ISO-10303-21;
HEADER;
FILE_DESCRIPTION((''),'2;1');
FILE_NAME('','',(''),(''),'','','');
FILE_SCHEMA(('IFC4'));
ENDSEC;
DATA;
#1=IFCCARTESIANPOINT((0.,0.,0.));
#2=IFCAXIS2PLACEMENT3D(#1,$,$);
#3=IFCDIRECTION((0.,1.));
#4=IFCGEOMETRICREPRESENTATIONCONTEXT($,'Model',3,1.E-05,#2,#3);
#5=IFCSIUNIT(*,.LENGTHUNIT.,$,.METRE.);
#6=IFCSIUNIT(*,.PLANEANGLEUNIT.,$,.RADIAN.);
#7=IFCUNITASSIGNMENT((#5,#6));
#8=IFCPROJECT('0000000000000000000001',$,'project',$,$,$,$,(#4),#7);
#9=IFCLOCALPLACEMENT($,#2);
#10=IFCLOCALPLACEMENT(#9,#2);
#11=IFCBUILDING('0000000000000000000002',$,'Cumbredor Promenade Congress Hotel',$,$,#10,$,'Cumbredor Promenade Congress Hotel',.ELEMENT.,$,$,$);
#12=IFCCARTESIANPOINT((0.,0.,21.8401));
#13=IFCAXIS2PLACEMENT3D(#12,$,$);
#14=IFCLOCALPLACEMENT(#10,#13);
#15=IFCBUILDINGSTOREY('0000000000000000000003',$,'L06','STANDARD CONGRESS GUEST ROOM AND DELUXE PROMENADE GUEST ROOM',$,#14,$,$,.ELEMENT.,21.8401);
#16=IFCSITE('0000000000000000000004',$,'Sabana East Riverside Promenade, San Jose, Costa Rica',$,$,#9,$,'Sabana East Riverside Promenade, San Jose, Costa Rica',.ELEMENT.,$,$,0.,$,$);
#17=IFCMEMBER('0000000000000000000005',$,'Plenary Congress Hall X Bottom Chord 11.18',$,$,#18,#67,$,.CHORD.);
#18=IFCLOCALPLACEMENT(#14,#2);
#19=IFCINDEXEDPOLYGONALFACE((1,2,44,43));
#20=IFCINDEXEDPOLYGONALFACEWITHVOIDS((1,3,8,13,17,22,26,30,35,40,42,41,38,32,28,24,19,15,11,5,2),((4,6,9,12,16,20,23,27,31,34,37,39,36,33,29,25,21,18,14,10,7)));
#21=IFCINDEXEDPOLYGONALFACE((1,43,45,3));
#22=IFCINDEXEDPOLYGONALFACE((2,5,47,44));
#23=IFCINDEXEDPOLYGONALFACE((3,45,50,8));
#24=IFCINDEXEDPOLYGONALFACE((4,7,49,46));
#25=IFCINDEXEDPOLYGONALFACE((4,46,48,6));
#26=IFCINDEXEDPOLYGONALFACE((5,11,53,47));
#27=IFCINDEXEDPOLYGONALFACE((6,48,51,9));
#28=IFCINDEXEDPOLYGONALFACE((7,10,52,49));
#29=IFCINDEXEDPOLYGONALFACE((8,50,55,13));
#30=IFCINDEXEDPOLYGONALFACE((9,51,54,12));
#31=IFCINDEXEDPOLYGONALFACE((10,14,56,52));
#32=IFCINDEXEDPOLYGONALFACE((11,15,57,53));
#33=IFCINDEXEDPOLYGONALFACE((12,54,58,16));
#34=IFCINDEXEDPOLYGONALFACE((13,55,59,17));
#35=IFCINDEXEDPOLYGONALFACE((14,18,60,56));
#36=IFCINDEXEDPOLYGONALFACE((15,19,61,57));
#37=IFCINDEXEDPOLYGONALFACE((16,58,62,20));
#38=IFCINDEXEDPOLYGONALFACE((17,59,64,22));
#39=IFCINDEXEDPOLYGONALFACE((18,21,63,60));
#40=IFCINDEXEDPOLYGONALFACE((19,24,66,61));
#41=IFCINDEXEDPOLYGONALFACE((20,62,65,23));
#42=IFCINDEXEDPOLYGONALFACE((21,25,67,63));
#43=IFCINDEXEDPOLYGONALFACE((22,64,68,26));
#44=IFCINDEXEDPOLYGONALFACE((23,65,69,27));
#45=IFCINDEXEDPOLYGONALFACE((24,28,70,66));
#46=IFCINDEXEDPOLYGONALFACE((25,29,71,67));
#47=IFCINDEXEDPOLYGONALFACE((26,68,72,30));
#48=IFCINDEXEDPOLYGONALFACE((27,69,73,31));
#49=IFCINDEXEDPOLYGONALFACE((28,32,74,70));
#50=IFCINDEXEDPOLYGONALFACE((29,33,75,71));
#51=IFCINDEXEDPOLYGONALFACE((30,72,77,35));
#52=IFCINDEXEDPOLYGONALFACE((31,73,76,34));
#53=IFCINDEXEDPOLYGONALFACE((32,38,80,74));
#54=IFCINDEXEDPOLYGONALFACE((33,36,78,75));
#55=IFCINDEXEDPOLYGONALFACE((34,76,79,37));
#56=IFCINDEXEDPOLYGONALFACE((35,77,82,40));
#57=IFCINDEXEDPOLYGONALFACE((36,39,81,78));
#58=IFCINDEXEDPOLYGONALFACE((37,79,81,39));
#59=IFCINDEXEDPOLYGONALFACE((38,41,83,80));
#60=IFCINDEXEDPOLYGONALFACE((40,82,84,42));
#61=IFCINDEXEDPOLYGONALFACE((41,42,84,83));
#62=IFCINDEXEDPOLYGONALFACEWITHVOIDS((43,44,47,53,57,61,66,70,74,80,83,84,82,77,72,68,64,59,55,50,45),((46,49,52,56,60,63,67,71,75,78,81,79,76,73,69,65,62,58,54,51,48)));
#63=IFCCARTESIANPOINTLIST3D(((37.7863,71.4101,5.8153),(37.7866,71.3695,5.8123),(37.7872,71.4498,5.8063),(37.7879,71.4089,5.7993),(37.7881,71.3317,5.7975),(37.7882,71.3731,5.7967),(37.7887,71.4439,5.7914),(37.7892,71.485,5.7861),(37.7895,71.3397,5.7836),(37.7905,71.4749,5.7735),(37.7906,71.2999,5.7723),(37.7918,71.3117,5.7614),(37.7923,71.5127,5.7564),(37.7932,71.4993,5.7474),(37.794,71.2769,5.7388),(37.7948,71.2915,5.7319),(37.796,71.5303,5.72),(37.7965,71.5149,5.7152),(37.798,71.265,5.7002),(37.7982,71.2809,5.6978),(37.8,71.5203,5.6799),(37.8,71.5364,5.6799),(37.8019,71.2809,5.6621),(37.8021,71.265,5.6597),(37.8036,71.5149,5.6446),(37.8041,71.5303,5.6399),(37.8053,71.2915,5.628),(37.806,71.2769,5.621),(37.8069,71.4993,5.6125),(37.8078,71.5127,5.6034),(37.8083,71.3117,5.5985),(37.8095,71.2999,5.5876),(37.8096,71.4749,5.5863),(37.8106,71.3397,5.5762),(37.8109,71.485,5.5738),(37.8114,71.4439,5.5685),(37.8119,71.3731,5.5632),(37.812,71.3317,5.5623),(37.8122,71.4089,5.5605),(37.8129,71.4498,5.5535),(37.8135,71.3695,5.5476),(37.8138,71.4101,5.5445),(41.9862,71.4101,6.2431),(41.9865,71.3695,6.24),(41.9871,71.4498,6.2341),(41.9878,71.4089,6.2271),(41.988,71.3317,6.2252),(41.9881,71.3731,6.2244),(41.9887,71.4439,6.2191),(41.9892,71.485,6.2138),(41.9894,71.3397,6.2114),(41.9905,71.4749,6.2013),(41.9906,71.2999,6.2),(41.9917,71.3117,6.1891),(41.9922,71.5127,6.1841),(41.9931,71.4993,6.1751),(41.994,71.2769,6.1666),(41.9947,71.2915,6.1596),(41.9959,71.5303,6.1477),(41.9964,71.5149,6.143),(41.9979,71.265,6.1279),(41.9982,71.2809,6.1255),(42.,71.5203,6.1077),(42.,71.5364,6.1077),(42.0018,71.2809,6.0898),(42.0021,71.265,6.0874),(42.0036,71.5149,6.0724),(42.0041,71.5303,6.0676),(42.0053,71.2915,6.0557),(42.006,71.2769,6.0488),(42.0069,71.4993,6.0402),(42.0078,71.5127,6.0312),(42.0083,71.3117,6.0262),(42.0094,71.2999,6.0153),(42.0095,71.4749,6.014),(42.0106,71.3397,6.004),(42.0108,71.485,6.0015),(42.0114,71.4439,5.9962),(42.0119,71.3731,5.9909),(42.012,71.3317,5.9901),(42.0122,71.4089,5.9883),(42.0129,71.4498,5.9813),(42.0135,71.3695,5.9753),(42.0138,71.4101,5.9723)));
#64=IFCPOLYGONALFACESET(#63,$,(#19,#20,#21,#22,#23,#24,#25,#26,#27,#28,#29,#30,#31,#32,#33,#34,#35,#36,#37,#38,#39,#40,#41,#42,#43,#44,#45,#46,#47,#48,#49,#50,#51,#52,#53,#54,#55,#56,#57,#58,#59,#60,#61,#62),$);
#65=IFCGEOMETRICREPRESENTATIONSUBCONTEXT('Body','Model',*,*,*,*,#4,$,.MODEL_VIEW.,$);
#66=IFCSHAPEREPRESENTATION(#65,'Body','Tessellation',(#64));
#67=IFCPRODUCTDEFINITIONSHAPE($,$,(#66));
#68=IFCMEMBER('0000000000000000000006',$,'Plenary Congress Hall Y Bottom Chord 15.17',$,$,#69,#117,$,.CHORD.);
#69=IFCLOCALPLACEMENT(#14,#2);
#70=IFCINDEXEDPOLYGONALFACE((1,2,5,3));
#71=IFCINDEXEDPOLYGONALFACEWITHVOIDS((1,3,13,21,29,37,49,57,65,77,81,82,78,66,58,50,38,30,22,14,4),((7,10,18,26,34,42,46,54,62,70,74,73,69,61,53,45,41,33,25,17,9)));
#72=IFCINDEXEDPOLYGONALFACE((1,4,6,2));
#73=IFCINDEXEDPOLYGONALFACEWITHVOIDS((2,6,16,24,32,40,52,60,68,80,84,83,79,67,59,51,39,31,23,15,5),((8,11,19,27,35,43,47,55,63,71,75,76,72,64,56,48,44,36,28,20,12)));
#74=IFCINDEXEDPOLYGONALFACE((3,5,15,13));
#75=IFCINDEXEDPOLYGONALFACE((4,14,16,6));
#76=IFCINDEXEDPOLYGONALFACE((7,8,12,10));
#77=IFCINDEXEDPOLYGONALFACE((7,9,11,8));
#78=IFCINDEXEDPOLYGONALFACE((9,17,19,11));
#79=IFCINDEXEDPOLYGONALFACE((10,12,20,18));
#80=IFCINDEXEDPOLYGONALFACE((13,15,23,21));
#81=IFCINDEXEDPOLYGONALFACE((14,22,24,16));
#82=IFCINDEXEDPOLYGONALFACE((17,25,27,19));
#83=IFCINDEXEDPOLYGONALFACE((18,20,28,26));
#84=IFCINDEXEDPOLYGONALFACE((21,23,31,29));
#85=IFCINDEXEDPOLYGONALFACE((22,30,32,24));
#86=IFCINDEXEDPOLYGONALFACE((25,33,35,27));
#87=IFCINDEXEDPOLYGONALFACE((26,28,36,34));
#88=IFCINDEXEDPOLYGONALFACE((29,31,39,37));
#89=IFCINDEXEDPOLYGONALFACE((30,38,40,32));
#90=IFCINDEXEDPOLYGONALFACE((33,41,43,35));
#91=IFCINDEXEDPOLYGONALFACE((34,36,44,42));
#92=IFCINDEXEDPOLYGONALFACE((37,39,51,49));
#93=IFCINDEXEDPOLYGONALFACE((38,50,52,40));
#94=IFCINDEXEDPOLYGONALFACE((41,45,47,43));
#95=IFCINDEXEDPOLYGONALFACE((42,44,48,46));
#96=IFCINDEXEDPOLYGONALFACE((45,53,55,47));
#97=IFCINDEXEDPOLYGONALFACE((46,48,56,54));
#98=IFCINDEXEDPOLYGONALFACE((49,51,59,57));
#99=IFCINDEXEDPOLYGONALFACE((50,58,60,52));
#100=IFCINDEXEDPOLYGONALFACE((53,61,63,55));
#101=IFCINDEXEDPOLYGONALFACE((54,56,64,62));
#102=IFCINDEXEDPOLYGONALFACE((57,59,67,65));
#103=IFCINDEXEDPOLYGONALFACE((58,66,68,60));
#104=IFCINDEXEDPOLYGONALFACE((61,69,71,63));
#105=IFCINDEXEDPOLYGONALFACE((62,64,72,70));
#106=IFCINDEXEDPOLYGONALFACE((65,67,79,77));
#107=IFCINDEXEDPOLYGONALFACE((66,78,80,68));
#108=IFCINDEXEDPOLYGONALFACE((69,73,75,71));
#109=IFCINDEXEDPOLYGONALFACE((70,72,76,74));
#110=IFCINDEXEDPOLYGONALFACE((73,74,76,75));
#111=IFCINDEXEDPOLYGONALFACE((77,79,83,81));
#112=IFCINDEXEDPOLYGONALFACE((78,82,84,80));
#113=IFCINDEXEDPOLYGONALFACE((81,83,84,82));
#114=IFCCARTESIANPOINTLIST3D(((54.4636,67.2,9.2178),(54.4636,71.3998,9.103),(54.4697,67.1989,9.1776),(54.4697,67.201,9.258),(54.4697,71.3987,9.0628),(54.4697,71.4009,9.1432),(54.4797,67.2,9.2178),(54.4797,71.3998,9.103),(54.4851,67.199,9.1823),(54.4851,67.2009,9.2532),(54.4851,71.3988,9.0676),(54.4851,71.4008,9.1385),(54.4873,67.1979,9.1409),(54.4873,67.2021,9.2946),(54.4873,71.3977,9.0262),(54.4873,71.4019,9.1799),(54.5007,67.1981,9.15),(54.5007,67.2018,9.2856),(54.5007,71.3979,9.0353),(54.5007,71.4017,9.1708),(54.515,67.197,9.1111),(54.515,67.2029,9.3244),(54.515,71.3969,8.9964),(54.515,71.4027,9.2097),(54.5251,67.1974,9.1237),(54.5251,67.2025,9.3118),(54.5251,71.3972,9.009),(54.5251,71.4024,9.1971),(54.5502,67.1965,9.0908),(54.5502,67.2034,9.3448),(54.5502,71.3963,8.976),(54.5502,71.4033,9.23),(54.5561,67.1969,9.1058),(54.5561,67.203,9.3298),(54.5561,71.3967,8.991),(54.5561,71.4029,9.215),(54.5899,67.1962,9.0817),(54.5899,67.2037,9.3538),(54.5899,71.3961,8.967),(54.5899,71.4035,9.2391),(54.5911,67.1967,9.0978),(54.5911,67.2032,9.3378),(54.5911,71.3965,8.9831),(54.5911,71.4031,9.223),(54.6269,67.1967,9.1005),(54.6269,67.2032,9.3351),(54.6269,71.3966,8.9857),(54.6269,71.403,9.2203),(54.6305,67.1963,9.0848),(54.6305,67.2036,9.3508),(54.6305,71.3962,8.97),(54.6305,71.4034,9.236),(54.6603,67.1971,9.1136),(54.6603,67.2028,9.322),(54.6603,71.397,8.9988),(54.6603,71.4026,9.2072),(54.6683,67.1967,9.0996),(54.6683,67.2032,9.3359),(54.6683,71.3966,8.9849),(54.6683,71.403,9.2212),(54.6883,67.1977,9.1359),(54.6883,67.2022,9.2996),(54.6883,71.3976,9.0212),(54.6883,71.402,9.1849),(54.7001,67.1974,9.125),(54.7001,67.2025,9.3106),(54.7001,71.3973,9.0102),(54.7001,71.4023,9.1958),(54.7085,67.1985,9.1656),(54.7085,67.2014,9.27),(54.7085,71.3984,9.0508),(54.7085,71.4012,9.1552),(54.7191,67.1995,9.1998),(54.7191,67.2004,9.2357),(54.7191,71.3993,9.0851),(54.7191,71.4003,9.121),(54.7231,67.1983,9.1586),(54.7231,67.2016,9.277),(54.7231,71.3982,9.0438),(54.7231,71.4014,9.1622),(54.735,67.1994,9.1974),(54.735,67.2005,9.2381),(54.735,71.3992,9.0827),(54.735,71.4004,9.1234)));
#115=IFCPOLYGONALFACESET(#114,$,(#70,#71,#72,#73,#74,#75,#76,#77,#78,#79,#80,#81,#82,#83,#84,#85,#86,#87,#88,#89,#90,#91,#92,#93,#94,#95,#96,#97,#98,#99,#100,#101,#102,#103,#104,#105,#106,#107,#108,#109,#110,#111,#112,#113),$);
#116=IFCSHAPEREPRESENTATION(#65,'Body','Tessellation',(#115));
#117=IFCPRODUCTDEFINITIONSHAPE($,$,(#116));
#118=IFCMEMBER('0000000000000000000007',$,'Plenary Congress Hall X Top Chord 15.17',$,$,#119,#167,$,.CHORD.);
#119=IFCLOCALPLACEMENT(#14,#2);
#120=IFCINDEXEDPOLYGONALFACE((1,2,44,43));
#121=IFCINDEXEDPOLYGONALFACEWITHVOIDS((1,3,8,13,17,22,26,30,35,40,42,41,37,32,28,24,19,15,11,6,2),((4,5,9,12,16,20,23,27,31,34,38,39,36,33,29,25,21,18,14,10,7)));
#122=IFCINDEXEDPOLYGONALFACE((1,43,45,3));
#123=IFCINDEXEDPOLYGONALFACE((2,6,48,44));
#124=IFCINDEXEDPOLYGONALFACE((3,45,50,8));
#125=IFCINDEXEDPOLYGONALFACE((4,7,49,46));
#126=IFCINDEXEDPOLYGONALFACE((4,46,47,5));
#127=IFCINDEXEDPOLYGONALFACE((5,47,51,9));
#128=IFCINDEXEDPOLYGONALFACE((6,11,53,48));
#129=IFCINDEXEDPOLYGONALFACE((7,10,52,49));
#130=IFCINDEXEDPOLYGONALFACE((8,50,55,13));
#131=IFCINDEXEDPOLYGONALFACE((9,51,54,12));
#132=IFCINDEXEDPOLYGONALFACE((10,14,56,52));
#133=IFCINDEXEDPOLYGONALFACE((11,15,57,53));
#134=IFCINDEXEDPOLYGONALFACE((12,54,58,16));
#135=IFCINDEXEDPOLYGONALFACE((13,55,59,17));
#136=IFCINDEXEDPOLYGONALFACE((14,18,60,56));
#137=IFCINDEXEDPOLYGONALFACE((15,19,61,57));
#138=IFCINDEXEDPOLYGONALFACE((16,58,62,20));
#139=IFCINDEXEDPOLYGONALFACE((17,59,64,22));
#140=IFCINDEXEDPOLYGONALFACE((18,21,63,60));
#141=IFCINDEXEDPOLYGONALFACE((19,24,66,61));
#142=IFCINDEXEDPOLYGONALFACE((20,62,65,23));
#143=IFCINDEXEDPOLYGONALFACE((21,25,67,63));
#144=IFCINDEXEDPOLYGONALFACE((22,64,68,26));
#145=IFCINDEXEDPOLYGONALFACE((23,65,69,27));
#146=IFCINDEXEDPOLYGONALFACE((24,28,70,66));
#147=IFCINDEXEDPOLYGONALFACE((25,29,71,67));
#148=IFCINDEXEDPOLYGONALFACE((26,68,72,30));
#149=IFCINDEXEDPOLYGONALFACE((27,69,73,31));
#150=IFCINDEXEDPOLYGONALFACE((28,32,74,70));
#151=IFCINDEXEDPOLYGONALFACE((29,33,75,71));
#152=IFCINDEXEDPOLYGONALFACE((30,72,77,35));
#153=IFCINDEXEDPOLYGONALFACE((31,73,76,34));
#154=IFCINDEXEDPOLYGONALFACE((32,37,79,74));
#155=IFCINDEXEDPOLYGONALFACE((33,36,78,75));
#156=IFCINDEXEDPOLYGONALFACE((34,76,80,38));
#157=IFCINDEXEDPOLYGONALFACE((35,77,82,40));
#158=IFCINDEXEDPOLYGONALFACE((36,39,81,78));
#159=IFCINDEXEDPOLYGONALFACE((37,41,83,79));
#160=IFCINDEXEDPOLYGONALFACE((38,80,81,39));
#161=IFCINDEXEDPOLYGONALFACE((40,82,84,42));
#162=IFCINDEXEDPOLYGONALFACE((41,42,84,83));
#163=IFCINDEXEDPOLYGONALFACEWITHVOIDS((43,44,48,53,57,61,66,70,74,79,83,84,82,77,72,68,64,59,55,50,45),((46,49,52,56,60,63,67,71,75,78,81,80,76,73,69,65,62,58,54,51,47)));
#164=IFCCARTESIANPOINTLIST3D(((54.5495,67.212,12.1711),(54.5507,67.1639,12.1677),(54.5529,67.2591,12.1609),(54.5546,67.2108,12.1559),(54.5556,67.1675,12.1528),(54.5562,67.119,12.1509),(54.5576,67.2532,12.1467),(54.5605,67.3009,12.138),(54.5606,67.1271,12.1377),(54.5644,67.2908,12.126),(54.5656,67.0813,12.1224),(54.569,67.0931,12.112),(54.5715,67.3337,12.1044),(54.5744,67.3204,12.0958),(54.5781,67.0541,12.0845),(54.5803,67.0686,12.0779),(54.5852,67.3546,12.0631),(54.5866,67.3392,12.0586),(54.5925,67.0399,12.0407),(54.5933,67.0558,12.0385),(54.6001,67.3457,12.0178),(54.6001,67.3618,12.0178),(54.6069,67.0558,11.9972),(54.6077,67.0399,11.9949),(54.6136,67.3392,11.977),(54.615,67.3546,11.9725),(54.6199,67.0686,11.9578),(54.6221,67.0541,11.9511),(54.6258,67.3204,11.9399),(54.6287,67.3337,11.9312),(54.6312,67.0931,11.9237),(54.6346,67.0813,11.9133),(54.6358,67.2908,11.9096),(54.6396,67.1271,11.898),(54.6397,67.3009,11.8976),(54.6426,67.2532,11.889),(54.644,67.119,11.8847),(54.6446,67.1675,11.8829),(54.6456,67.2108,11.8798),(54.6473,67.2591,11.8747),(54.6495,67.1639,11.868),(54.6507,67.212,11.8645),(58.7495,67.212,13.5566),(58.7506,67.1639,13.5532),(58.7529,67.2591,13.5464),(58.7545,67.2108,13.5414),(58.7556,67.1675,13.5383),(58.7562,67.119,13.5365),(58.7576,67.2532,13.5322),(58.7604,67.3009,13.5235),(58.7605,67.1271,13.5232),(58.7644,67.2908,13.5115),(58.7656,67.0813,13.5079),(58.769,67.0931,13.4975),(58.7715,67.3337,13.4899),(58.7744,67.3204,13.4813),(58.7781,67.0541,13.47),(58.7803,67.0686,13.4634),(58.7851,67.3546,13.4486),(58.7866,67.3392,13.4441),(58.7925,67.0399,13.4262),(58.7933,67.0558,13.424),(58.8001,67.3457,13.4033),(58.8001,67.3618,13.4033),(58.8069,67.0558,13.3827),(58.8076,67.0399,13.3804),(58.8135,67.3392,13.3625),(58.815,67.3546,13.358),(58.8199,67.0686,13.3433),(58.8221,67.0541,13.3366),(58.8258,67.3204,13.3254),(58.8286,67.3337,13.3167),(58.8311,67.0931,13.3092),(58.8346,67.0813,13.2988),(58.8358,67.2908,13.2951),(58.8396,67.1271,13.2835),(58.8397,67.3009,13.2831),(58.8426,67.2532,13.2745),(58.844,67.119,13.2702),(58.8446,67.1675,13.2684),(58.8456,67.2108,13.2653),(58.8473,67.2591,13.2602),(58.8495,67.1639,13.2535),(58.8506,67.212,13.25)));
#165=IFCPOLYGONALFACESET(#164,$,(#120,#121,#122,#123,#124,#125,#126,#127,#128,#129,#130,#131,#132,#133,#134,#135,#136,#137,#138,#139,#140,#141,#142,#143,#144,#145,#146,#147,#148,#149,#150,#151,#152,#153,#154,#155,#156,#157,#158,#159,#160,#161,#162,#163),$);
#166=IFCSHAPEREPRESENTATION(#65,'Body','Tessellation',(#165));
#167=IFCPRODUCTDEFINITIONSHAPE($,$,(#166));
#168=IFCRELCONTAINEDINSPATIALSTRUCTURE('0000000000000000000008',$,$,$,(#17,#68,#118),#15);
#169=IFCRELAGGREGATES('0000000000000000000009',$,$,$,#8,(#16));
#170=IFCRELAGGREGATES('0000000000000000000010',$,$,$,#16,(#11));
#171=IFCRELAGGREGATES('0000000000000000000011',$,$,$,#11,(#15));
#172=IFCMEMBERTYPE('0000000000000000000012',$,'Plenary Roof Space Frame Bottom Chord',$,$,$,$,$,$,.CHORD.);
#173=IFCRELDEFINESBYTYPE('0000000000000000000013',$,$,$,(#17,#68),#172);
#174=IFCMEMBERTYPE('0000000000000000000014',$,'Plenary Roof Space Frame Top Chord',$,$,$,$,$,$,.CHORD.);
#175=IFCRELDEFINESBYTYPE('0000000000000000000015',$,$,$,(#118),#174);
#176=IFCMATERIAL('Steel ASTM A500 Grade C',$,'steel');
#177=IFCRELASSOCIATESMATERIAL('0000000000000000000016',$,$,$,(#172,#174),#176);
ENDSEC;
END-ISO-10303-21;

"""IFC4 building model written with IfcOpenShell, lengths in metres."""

from ifc_helpers import new_model, si_unit, direction, frame, origin, origin_2d, place, context, subcontext, project, spatial, hollow_circle, extrude, material, material_profile, profile_set, type_object, element, save


model = new_model("IFC4")

# Units and contexts
model_context = context("Model", 3, precision=1e-05, world=origin(), true_north=direction((0.0, 1.0)))
body_context = subcontext(model_context, "Body", "Model", "MODEL_VIEW")
ifc_project = project(units=[si_unit("LENGTHUNIT", "METRE"), si_unit("PLANEANGLEUNIT", "RADIAN")], contexts=[model_context])

# Site, building, storey
site_placement = place(None, origin())
site = spatial("IfcSite", under=ifc_project, at=site_placement, Name="Sabana East Riverside Promenade, San Jose, Costa Rica", LongName="Sabana East Riverside Promenade, San Jose, Costa Rica", CompositionType="ELEMENT", RefElevation=0.0)
building_placement = place(site_placement, origin())
building = spatial("IfcBuilding", under=site, at=building_placement, Name="Cumbredor Promenade Congress Hotel", LongName="Cumbredor Promenade Congress Hotel", CompositionType="ELEMENT")
storey_placement = place(building_placement, frame((0.0, 0.0, 21.8401)))
storey = spatial("IfcBuildingStorey", under=building, at=storey_placement, Name="L06", Description="STANDARD CONGRESS GUEST ROOM AND DELUXE PROMENADE GUEST ROOM", CompositionType="ELEMENT", Elevation=21.8401)

# Members
ifc_material_1 = material(Name="Steel ASTM A500 Grade C", Category="steel")
ifc_material_profile_1 = material_profile(ifc_material_1, hollow_circle(Radius=0.1365, WallThickness=0.0161, at=origin_2d()), Name="CHS 273.0x16")
ifc_profile_set_1 = profile_set([ifc_material_profile_1], Name="Steel ASTM A500 Grade C")
member_type_1 = type_object("IfcMemberType", Name="Plenary Roof Space Frame Bottom Chord", PredefinedType="CHORD", material=ifc_profile_set_1)
member_1_placement = place(storey_placement, frame((37.8, 71.3999, 5.6799), z_axis=(0.994854, 0.0, 0.101319), x_axis=(0.0, 1.0, 0.0)))
element("IfcMember", 1, at=member_1_placement, inside=storey, type_object=member_type_1, Name="Plenary Congress Hall X Bottom Chord 11.18", PredefinedType="CHORD", context=body_context, shape_type="SweptSolid", body=[
    extrude(hollow_circle(Radius=0.1365, WallThickness=0.0161, at=origin_2d()), origin(), (0.0, 0.0, 1.0), 4.2217),
])
member_2_placement = place(storey_placement, frame((54.6001, 67.2, 9.2178), z_axis=(0.0, 0.999627, -0.027311), x_axis=(-1.0, 0.0, 0.0)))
element("IfcMember", 2, at=member_2_placement, inside=storey, type_object=member_type_1, Name="Plenary Congress Hall Y Bottom Chord 15.17", PredefinedType="CHORD", context=body_context, shape_type="SweptSolid", body=[
    extrude(hollow_circle(Radius=0.1365, WallThickness=0.0161, at=origin_2d()), origin(), (0.0, 0.0, 1.0), 4.2014),
])
ifc_material_profile_2 = material_profile(ifc_material_1, hollow_circle(Radius=0.1619, WallThickness=0.0161, at=origin_2d()), Name="CHS 323.9x16")
ifc_profile_set_2 = profile_set([ifc_material_profile_2], Name="Steel ASTM A500 Grade C")
member_type_2 = type_object("IfcMemberType", Name="Plenary Roof Space Frame Top Chord", PredefinedType="CHORD", material=ifc_profile_set_2)
member_3_placement = place(storey_placement, frame((54.6001, 67.2, 12.0178), z_axis=(0.949661, 0.0, 0.313278), x_axis=(0.0, 1.0, 0.0)))
element("IfcMember", 3, at=member_3_placement, inside=storey, type_object=member_type_2, Name="Plenary Congress Hall X Top Chord 15.17", PredefinedType="CHORD", context=body_context, shape_type="SweptSolid", body=[
    extrude(hollow_circle(Radius=0.1619, WallThickness=0.0161, at=origin_2d()), origin(), (0.0, 0.0, 1.0), 4.4226),
])

save(model, "model.ifc")
